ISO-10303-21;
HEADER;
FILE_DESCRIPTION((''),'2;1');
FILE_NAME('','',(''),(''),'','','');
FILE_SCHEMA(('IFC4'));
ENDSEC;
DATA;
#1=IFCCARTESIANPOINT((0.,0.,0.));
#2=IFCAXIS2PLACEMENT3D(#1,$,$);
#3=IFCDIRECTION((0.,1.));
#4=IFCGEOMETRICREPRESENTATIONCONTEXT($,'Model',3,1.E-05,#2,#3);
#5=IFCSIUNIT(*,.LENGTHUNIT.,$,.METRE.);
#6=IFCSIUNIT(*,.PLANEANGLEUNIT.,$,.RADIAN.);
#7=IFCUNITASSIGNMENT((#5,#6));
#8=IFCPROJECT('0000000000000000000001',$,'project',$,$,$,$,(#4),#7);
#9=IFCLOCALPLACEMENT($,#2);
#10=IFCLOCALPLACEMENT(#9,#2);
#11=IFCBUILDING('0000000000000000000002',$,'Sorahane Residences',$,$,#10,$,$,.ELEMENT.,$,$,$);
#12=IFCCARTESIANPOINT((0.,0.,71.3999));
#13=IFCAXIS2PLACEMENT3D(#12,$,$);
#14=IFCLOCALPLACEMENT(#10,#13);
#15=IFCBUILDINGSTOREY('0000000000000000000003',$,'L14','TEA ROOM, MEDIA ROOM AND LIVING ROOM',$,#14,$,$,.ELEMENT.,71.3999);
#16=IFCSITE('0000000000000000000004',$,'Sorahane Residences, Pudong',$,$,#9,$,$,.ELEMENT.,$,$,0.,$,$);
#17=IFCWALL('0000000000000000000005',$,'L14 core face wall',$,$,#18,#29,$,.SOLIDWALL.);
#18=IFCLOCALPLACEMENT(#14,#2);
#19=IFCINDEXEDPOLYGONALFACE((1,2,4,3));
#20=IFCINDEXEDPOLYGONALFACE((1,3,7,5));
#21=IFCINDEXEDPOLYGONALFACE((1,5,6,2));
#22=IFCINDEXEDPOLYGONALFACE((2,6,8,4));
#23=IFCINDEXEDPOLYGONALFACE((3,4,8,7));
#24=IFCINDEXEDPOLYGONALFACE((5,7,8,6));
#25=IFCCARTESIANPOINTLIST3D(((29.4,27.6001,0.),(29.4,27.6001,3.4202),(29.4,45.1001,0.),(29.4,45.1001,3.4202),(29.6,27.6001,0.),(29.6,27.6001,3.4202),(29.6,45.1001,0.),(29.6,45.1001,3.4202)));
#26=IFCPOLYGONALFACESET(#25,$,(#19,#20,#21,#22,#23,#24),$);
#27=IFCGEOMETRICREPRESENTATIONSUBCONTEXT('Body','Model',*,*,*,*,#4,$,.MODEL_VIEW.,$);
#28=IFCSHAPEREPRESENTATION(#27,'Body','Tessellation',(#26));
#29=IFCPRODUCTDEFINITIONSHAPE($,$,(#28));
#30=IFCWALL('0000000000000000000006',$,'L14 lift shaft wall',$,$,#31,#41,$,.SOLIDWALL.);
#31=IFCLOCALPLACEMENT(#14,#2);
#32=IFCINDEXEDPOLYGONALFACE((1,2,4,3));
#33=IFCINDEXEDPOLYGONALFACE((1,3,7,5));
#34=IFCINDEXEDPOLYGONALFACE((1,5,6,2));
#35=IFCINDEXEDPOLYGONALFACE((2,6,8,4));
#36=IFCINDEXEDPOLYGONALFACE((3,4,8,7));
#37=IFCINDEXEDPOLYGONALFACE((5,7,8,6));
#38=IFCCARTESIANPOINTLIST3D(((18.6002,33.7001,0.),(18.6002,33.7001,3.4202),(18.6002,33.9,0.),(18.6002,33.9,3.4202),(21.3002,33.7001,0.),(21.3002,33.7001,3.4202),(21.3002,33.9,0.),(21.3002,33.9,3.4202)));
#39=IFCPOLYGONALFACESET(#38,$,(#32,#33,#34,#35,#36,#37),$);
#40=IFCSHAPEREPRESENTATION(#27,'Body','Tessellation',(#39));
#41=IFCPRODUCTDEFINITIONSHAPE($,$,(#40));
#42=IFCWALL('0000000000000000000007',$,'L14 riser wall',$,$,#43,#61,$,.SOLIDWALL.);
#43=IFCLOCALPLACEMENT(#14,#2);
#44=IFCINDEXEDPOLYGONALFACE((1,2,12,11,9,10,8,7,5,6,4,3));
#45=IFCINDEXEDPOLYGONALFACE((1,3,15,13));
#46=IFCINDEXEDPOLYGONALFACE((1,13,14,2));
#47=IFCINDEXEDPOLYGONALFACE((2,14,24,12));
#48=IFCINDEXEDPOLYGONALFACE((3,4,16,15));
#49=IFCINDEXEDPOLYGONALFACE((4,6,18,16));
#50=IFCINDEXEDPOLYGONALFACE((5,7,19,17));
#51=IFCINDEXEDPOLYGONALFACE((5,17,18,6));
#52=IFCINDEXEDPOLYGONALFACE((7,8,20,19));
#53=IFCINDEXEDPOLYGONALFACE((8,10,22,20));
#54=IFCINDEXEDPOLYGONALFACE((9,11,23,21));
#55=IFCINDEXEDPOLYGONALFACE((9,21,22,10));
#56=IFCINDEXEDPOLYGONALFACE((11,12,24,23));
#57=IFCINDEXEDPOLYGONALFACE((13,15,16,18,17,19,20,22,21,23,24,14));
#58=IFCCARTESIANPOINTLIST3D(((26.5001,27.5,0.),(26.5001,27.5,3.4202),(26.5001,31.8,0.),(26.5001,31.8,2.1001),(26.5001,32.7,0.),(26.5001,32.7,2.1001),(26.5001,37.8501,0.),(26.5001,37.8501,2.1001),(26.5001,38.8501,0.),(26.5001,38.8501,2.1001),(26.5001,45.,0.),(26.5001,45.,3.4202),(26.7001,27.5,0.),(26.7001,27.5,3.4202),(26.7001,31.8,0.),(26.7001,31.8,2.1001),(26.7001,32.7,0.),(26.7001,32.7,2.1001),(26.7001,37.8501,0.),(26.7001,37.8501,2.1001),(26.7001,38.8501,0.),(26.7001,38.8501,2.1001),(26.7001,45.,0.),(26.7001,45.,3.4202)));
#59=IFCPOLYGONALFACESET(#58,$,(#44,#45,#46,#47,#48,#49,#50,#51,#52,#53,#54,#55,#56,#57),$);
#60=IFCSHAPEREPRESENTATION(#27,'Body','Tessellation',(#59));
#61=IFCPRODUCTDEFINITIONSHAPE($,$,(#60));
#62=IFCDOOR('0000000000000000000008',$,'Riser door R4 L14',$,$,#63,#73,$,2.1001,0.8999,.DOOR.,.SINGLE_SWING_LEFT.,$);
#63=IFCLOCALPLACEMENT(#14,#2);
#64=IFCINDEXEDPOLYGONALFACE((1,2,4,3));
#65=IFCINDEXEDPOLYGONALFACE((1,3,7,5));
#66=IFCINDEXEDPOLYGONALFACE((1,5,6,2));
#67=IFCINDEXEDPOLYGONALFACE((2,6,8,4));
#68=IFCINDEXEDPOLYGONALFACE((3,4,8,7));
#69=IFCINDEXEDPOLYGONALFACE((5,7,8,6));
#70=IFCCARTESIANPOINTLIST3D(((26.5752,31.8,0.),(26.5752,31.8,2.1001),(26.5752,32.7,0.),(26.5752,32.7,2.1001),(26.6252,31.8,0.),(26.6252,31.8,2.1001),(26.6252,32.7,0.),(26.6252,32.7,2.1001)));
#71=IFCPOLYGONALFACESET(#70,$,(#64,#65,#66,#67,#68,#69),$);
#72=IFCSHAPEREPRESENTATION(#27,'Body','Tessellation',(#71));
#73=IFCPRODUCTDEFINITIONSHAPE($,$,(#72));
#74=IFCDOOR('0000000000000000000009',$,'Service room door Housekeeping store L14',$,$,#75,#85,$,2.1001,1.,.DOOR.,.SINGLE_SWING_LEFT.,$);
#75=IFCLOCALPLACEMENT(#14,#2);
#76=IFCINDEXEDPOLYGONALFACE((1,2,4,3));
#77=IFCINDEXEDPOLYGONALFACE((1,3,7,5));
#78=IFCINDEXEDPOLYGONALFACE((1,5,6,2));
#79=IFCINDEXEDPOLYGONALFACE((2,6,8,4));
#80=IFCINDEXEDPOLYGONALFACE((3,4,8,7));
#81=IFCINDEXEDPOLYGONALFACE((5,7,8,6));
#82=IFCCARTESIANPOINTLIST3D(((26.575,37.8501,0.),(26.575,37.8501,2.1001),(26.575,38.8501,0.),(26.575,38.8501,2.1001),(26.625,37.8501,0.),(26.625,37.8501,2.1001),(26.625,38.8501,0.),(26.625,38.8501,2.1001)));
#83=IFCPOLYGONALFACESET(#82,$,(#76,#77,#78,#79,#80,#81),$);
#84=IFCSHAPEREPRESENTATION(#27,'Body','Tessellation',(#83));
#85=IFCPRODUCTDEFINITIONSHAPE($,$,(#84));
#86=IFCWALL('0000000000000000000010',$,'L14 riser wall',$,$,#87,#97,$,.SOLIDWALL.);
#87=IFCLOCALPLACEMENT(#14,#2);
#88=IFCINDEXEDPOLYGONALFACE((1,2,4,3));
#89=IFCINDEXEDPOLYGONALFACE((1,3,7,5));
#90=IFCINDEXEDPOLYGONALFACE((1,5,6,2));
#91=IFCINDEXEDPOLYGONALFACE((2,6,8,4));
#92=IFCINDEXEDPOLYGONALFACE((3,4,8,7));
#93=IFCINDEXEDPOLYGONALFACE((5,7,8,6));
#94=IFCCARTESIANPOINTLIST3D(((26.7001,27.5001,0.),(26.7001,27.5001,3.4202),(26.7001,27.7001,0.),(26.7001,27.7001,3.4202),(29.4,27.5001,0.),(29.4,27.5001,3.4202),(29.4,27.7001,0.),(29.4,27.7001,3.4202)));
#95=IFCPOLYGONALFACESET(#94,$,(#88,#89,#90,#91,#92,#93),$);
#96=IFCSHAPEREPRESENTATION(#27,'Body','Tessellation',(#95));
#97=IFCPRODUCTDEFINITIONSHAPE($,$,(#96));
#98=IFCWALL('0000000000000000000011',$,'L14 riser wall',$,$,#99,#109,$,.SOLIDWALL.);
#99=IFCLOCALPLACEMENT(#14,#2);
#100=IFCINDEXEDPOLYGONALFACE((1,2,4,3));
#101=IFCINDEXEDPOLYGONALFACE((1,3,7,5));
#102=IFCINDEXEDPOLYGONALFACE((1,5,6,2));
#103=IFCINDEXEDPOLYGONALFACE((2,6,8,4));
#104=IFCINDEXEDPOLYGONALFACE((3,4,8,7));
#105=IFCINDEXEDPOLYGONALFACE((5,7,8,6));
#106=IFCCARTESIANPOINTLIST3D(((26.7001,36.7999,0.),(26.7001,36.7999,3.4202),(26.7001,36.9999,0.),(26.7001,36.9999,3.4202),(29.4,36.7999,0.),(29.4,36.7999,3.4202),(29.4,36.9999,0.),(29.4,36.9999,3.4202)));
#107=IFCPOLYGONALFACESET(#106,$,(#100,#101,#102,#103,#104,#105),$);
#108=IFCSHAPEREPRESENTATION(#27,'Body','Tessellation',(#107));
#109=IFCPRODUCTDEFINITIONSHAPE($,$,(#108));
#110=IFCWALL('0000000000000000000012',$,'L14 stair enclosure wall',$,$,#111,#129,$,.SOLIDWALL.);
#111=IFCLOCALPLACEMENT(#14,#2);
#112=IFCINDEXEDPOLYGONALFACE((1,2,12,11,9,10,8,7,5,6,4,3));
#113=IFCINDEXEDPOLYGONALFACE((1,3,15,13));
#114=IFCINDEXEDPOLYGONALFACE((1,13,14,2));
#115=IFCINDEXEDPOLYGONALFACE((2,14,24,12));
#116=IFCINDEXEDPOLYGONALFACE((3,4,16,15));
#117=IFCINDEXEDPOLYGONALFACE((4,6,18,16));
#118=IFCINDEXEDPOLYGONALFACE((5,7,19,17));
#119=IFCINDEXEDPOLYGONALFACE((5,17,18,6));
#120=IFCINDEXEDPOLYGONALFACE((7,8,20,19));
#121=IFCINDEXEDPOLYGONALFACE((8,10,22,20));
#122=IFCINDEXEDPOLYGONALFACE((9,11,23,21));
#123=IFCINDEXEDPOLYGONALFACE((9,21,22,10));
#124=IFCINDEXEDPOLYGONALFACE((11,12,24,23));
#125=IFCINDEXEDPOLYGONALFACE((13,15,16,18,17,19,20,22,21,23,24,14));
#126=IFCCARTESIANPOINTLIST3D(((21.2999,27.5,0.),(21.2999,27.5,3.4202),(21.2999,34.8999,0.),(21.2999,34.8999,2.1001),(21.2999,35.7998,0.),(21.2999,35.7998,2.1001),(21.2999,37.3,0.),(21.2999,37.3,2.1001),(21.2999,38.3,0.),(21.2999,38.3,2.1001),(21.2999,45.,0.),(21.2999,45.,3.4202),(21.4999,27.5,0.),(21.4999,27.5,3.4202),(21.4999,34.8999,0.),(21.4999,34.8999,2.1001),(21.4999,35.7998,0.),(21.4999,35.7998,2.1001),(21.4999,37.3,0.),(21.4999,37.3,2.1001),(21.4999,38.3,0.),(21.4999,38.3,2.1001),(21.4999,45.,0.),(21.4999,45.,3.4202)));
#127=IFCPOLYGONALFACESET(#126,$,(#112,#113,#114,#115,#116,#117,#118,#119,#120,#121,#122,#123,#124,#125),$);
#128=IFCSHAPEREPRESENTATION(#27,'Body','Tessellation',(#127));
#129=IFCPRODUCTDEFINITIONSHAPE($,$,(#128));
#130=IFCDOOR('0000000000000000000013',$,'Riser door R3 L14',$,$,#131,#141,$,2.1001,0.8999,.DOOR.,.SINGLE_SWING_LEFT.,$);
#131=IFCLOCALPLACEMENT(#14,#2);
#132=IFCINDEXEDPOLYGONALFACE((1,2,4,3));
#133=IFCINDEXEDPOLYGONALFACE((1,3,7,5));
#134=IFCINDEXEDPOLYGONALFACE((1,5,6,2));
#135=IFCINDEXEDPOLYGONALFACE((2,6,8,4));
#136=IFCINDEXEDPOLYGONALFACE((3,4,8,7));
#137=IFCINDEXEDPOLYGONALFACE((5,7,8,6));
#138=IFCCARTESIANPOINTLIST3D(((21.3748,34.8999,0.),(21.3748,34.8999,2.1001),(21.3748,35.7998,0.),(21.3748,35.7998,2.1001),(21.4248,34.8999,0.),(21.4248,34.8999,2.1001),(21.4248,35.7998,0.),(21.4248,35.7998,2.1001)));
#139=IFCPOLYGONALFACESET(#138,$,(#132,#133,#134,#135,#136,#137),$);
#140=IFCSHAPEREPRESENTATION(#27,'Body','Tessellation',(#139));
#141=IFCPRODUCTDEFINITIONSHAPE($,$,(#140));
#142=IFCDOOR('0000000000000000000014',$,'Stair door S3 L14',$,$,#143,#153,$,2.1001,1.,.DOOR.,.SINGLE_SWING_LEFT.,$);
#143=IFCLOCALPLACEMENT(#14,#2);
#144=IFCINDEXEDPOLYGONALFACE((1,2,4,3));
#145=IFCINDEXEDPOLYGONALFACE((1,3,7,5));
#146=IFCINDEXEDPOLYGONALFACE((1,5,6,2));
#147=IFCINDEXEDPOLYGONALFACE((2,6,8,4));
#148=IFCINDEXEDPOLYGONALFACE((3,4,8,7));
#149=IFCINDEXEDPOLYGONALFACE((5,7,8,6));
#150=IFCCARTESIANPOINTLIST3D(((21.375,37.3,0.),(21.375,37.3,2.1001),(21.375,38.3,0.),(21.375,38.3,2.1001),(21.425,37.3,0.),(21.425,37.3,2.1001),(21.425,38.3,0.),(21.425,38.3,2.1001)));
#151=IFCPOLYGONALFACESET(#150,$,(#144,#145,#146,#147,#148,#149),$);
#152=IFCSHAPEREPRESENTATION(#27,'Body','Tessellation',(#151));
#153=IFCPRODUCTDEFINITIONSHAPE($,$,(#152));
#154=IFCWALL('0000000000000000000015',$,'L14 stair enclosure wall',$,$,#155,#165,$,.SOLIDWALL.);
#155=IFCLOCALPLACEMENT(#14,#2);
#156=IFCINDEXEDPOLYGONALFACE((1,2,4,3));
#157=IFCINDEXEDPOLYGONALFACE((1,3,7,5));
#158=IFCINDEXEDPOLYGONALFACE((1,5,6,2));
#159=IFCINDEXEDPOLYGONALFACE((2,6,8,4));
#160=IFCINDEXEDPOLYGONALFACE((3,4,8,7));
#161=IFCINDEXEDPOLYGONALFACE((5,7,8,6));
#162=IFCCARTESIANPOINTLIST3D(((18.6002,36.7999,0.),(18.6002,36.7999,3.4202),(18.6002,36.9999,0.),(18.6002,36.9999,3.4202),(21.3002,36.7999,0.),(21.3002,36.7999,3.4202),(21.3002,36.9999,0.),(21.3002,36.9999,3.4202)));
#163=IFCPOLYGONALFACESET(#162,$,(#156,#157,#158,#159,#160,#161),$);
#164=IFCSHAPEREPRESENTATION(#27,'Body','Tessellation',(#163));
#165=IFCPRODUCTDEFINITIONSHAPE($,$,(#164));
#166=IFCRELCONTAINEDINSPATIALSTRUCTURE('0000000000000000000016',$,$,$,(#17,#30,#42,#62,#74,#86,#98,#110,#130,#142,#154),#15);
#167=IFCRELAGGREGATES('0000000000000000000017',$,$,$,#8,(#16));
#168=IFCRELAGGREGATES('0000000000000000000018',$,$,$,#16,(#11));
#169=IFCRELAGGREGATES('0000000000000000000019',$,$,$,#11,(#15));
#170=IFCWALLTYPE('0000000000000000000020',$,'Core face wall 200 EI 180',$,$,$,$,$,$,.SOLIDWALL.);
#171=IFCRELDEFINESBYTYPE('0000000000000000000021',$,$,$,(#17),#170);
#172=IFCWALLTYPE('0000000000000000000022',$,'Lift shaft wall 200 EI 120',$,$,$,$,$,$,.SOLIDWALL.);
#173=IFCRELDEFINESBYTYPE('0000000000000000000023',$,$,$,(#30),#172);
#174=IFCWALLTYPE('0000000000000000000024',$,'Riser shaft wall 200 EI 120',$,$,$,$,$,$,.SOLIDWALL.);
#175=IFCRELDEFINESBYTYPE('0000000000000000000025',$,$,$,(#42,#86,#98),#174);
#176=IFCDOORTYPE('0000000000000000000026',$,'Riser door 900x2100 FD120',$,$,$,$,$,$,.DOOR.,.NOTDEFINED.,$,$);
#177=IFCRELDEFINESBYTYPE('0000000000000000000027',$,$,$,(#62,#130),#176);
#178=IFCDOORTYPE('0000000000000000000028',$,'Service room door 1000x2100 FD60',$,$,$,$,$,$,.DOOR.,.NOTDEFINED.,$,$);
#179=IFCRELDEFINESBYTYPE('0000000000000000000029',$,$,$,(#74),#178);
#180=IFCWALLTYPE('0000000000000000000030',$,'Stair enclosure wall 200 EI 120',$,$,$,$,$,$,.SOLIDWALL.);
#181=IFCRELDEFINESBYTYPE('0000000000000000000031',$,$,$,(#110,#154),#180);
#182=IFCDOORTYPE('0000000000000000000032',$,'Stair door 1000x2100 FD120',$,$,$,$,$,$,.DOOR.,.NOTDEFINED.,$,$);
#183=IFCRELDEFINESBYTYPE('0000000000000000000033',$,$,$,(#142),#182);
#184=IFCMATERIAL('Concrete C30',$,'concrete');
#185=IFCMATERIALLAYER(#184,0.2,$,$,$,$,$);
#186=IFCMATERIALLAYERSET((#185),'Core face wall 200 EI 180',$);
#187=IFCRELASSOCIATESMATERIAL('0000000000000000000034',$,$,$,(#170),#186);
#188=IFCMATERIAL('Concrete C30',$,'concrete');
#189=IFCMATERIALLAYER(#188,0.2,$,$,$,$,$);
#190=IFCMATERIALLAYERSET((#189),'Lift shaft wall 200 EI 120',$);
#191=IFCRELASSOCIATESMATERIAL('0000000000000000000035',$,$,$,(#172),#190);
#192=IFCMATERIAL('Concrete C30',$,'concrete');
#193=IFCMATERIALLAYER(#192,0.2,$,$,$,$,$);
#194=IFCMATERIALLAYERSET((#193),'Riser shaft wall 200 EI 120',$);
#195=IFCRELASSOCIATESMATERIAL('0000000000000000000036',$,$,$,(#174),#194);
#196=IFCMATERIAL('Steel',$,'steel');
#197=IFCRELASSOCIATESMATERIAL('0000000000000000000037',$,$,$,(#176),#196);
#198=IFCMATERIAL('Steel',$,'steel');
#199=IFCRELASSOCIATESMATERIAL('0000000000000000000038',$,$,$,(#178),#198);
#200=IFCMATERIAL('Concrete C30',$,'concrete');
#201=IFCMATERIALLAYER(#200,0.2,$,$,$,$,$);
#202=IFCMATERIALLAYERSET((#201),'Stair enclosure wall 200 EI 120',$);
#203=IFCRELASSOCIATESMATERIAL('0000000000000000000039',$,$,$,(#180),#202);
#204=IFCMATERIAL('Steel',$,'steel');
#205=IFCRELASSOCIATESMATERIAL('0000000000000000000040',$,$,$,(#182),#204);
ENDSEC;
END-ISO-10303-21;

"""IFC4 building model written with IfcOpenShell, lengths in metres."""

from ifc_helpers import new_model, si_unit, direction, frame, frame_2d, origin, place, context, subcontext, project, spatial, rectangle, extrude, material, layer, layer_set, type_object, element, fill, save


model = new_model("IFC4")

# Units and contexts
model_context = context("Model", 3, precision=1e-05, world=origin(), true_north=direction((0.0, 1.0)))
body_context = subcontext(model_context, "Body", "Model", "MODEL_VIEW")
ifc_project = project(units=[si_unit("LENGTHUNIT", "METRE"), si_unit("PLANEANGLEUNIT", "RADIAN")], contexts=[model_context])

# Site, building, storey
site_placement = place(None, origin())
site = spatial("IfcSite", under=ifc_project, at=site_placement, Name="Sorahane Residences, Pudong", CompositionType="ELEMENT", RefElevation=0.0)
building_placement = place(site_placement, origin())
building = spatial("IfcBuilding", under=site, at=building_placement, Name="Sorahane Residences", CompositionType="ELEMENT")
storey_placement = place(building_placement, frame((0.0, 0.0, 71.3999)))
storey = spatial("IfcBuildingStorey", under=building, at=storey_placement, Name="L14", Description="TEA ROOM, MEDIA ROOM AND LIVING ROOM", CompositionType="ELEMENT", Elevation=71.3999)

# Walls
ifc_material_1 = material(Name="Concrete C30", Category="concrete")
ifc_layer_1 = layer(ifc_material_1, 0.2)
ifc_layer_set_1 = layer_set([ifc_layer_1], Name="Core face wall 200 EI 180")
wall_type_1 = type_object("IfcWallType", Name="Core face wall 200 EI 180", PredefinedType="SOLIDWALL", material=ifc_layer_set_1)
wall_1_placement = place(storey_placement, frame((29.5, 27.6001, 0.0), z_axis=(0.0, 0.0, 1.0), x_axis=(0.0, 1.0, 0.0)))
element("IfcWall", 1, at=wall_1_placement, inside=storey, type_object=wall_type_1, Name="L14 core face wall", PredefinedType="SOLIDWALL", context=body_context, shape_type="SweptSolid", body=[
    extrude(rectangle(XDim=17.5, YDim=0.2, at=frame_2d((8.75, 0.0))), origin(), (0.0, 0.0, 1.0), 3.4202),
])
ifc_material_2 = material(Name="Concrete C30", Category="concrete")
ifc_layer_2 = layer(ifc_material_2, 0.2)
ifc_layer_set_2 = layer_set([ifc_layer_2], Name="Lift shaft wall 200 EI 120")
wall_type_2 = type_object("IfcWallType", Name="Lift shaft wall 200 EI 120", PredefinedType="SOLIDWALL", material=ifc_layer_set_2)
wall_2_placement = place(storey_placement, frame((18.6001, 33.8, 0.0), z_axis=(0.0, 0.0, 1.0), x_axis=(1.0, 0.0, 0.0)))
element("IfcWall", 2, at=wall_2_placement, inside=storey, type_object=wall_type_2, Name="L14 lift shaft wall", PredefinedType="SOLIDWALL", context=body_context, shape_type="SweptSolid", body=[
    extrude(rectangle(XDim=2.7, YDim=0.2, at=frame_2d((1.3501, 0.0))), origin(), (0.0, 0.0, 1.0), 3.4202),
])

# Wall, openings, doors
ifc_material_3 = material(Name="Concrete C30", Category="concrete")
ifc_layer_3 = layer(ifc_material_3, 0.2)
ifc_layer_set_3 = layer_set([ifc_layer_3], Name="Riser shaft wall 200 EI 120")
wall_type_3 = type_object("IfcWallType", Name="Riser shaft wall 200 EI 120", PredefinedType="SOLIDWALL", material=ifc_layer_set_3)
wall_3_placement = place(storey_placement, frame((26.6001, 27.5, 0.0), z_axis=(0.0, 0.0, 1.0), x_axis=(0.0, 1.0, 0.0)))
wall_3 = element("IfcWall", 3, at=wall_3_placement, inside=storey, type_object=wall_type_3, Name="L14 riser wall", PredefinedType="SOLIDWALL", context=body_context, shape_type="SweptSolid", body=[
    extrude(rectangle(XDim=17.5, YDim=0.2, at=frame_2d((8.75, 0.0))), origin(), (0.0, 0.0, 1.0), 3.4202),
])
opening_1_placement = place(wall_3_placement, frame((4.3, 0.0, 0.0)))
opening_1 = element("IfcOpeningElement", 4, at=opening_1_placement, cuts=wall_3, PredefinedType="OPENING", context=body_context, shape_type="SweptSolid", body=[
    extrude(rectangle(XDim=0.8999, YDim=2.1001, at=frame_2d((0.45, 1.05))), frame((0.0, 0.1099, 0.0), z_axis=(0.0, -1.0, 0.0), x_axis=(1.0, 0.0, 0.0)), (0.0, 0.0, 1.0), 0.22),
])
opening_2_placement = place(wall_3_placement, frame((10.3501, 0.0, 0.0)))
opening_2 = element("IfcOpeningElement", 5, at=opening_2_placement, cuts=wall_3, PredefinedType="OPENING", context=body_context, shape_type="SweptSolid", body=[
    extrude(rectangle(XDim=1.0, YDim=2.1001, at=frame_2d((0.5, 1.05))), frame((0.0, 0.1099, 0.0), z_axis=(0.0, -1.0, 0.0), x_axis=(1.0, 0.0, 0.0)), (0.0, 0.0, 1.0), 0.22),
])
ifc_material_4 = material(Name="Steel", Category="steel")
door_type_1 = type_object("IfcDoorType", Name="Riser door 900x2100 FD120", OperationType="NOTDEFINED", PredefinedType="DOOR", material=ifc_material_4)
door_1_placement = place(opening_1_placement, origin())
door_1 = element("IfcDoor", 6, at=door_1_placement, inside=storey, type_object=door_type_1, Name="Riser door R4 L14", OperationType="SINGLE_SWING_LEFT", OverallHeight=2.1001, OverallWidth=0.8999, PredefinedType="DOOR", context=body_context, shape_type="SweptSolid", body=[
    extrude(rectangle(XDim=0.8999, YDim=2.1001, at=frame_2d((0.45, 1.05))), frame((0.0, 0.0249, 0.0), z_axis=(0.0, -1.0, 0.0), x_axis=(1.0, 0.0, 0.0)), (0.0, 0.0, 1.0), 0.05),
])
fill(opening_1, door_1)
ifc_material_5 = material(Name="Steel", Category="steel")
door_type_2 = type_object("IfcDoorType", Name="Service room door 1000x2100 FD60", OperationType="NOTDEFINED", PredefinedType="DOOR", material=ifc_material_5)
door_2_placement = place(opening_2_placement, frame((1.0, 0.0, 0.0), z_axis=(0.0, 0.0, 1.0), x_axis=(-1.0, 0.0, 0.0)))
door_2 = element("IfcDoor", 7, at=door_2_placement, inside=storey, type_object=door_type_2, Name="Service room door Housekeeping store L14", OperationType="SINGLE_SWING_LEFT", OverallHeight=2.1001, OverallWidth=1.0, PredefinedType="DOOR", context=body_context, shape_type="SweptSolid", body=[
    extrude(rectangle(XDim=1.0, YDim=2.1001, at=frame_2d((0.5, 1.05))), frame((0.0, 0.0249, 0.0), z_axis=(0.0, -1.0, 0.0), x_axis=(1.0, 0.0, 0.0)), (0.0, 0.0, 1.0), 0.05),
])
fill(opening_2, door_2)

# Walls
for number, where, z_axis, x_axis, name in (
    (8, (26.7, 27.6001, 0.0), (0.0, 0.0, 1.0), (1.0, 0.0, 0.0), "L14 riser wall"),
    (9, (26.7, 36.8999, 0.0), (0.0, 0.0, 1.0), (1.0, 0.0, 0.0), "L14 riser wall"),
):
    element("IfcWall", number, at=place(storey_placement, frame(where, z_axis=z_axis, x_axis=x_axis)), inside=storey, type_object=wall_type_3, Name=name, PredefinedType="SOLIDWALL", context=body_context, shape_type="SweptSolid", body=[
        extrude(rectangle(XDim=2.7, YDim=0.2, at=frame_2d((1.3501, 0.0))), origin(), (0.0, 0.0, 1.0), 3.4202),
    ])

# Wall, openings, doors
ifc_material_6 = material(Name="Concrete C30", Category="concrete")
ifc_layer_4 = layer(ifc_material_6, 0.2)
ifc_layer_set_4 = layer_set([ifc_layer_4], Name="Stair enclosure wall 200 EI 120")
wall_type_4 = type_object("IfcWallType", Name="Stair enclosure wall 200 EI 120", PredefinedType="SOLIDWALL", material=ifc_layer_set_4)
wall_4_placement = place(storey_placement, frame((21.3999, 27.5, 0.0), z_axis=(0.0, 0.0, 1.0), x_axis=(0.0, 1.0, 0.0)))
wall_4 = element("IfcWall", 10, at=wall_4_placement, inside=storey, type_object=wall_type_4, Name="L14 stair enclosure wall", PredefinedType="SOLIDWALL", context=body_context, shape_type="SweptSolid", body=[
    extrude(rectangle(XDim=17.5, YDim=0.2, at=frame_2d((8.75, 0.0))), origin(), (0.0, 0.0, 1.0), 3.4202),
])
opening_3_placement = place(wall_4_placement, frame((9.8, 0.0, 0.0)))
opening_3 = element("IfcOpeningElement", 11, at=opening_3_placement, cuts=wall_4, PredefinedType="OPENING", context=body_context, shape_type="SweptSolid", body=[
    extrude(rectangle(XDim=1.0, YDim=2.1001, at=frame_2d((0.5, 1.05))), frame((0.0, 0.1099, 0.0), z_axis=(0.0, -1.0, 0.0), x_axis=(1.0, 0.0, 0.0)), (0.0, 0.0, 1.0), 0.22),
])
opening_4_placement = place(wall_4_placement, frame((7.3999, 0.0, 0.0)))
opening_4 = element("IfcOpeningElement", 12, at=opening_4_placement, cuts=wall_4, PredefinedType="OPENING", context=body_context, shape_type="SweptSolid", body=[
    extrude(rectangle(XDim=0.8999, YDim=2.1001, at=frame_2d((0.45, 1.05))), frame((0.0, 0.1099, 0.0), z_axis=(0.0, -1.0, 0.0), x_axis=(1.0, 0.0, 0.0)), (0.0, 0.0, 1.0), 0.22),
])
door_3_placement = place(opening_4_placement, frame((0.8999, 0.0, 0.0), z_axis=(0.0, 0.0, 1.0), x_axis=(-1.0, 0.0, 0.0)))
door_3 = element("IfcDoor", 13, at=door_3_placement, inside=storey, type_object=door_type_1, Name="Riser door R3 L14", OperationType="SINGLE_SWING_LEFT", OverallHeight=2.1001, OverallWidth=0.8999, PredefinedType="DOOR", context=body_context, shape_type="SweptSolid", body=[
    extrude(rectangle(XDim=0.8999, YDim=2.1001, at=frame_2d((0.45, 1.05))), frame((0.0, 0.0249, 0.0), z_axis=(0.0, -1.0, 0.0), x_axis=(1.0, 0.0, 0.0)), (0.0, 0.0, 1.0), 0.05),
])
fill(opening_4, door_3)
ifc_material_7 = material(Name="Steel", Category="steel")
door_type_3 = type_object("IfcDoorType", Name="Stair door 1000x2100 FD120", OperationType="NOTDEFINED", PredefinedType="DOOR", material=ifc_material_7)
door_4_placement = place(opening_3_placement, origin())
door_4 = element("IfcDoor", 14, at=door_4_placement, inside=storey, type_object=door_type_3, Name="Stair door S3 L14", OperationType="SINGLE_SWING_LEFT", OverallHeight=2.1001, OverallWidth=1.0, PredefinedType="DOOR", context=body_context, shape_type="SweptSolid", body=[
    extrude(rectangle(XDim=1.0, YDim=2.1001, at=frame_2d((0.5, 1.05))), frame((0.0, 0.0249, 0.0), z_axis=(0.0, -1.0, 0.0), x_axis=(1.0, 0.0, 0.0)), (0.0, 0.0, 1.0), 0.05),
])
fill(opening_3, door_4)

# Wall
wall_5_placement = place(storey_placement, frame((18.6001, 36.8999, 0.0), z_axis=(0.0, 0.0, 1.0), x_axis=(1.0, 0.0, 0.0)))
element("IfcWall", 15, at=wall_5_placement, inside=storey, type_object=wall_type_4, Name="L14 stair enclosure wall", PredefinedType="SOLIDWALL", context=body_context, shape_type="SweptSolid", body=[
    extrude(rectangle(XDim=2.7, YDim=0.2, at=frame_2d((1.3501, 0.0))), origin(), (0.0, 0.0, 1.0), 3.4202),
])

save(model, "model.ifc")
